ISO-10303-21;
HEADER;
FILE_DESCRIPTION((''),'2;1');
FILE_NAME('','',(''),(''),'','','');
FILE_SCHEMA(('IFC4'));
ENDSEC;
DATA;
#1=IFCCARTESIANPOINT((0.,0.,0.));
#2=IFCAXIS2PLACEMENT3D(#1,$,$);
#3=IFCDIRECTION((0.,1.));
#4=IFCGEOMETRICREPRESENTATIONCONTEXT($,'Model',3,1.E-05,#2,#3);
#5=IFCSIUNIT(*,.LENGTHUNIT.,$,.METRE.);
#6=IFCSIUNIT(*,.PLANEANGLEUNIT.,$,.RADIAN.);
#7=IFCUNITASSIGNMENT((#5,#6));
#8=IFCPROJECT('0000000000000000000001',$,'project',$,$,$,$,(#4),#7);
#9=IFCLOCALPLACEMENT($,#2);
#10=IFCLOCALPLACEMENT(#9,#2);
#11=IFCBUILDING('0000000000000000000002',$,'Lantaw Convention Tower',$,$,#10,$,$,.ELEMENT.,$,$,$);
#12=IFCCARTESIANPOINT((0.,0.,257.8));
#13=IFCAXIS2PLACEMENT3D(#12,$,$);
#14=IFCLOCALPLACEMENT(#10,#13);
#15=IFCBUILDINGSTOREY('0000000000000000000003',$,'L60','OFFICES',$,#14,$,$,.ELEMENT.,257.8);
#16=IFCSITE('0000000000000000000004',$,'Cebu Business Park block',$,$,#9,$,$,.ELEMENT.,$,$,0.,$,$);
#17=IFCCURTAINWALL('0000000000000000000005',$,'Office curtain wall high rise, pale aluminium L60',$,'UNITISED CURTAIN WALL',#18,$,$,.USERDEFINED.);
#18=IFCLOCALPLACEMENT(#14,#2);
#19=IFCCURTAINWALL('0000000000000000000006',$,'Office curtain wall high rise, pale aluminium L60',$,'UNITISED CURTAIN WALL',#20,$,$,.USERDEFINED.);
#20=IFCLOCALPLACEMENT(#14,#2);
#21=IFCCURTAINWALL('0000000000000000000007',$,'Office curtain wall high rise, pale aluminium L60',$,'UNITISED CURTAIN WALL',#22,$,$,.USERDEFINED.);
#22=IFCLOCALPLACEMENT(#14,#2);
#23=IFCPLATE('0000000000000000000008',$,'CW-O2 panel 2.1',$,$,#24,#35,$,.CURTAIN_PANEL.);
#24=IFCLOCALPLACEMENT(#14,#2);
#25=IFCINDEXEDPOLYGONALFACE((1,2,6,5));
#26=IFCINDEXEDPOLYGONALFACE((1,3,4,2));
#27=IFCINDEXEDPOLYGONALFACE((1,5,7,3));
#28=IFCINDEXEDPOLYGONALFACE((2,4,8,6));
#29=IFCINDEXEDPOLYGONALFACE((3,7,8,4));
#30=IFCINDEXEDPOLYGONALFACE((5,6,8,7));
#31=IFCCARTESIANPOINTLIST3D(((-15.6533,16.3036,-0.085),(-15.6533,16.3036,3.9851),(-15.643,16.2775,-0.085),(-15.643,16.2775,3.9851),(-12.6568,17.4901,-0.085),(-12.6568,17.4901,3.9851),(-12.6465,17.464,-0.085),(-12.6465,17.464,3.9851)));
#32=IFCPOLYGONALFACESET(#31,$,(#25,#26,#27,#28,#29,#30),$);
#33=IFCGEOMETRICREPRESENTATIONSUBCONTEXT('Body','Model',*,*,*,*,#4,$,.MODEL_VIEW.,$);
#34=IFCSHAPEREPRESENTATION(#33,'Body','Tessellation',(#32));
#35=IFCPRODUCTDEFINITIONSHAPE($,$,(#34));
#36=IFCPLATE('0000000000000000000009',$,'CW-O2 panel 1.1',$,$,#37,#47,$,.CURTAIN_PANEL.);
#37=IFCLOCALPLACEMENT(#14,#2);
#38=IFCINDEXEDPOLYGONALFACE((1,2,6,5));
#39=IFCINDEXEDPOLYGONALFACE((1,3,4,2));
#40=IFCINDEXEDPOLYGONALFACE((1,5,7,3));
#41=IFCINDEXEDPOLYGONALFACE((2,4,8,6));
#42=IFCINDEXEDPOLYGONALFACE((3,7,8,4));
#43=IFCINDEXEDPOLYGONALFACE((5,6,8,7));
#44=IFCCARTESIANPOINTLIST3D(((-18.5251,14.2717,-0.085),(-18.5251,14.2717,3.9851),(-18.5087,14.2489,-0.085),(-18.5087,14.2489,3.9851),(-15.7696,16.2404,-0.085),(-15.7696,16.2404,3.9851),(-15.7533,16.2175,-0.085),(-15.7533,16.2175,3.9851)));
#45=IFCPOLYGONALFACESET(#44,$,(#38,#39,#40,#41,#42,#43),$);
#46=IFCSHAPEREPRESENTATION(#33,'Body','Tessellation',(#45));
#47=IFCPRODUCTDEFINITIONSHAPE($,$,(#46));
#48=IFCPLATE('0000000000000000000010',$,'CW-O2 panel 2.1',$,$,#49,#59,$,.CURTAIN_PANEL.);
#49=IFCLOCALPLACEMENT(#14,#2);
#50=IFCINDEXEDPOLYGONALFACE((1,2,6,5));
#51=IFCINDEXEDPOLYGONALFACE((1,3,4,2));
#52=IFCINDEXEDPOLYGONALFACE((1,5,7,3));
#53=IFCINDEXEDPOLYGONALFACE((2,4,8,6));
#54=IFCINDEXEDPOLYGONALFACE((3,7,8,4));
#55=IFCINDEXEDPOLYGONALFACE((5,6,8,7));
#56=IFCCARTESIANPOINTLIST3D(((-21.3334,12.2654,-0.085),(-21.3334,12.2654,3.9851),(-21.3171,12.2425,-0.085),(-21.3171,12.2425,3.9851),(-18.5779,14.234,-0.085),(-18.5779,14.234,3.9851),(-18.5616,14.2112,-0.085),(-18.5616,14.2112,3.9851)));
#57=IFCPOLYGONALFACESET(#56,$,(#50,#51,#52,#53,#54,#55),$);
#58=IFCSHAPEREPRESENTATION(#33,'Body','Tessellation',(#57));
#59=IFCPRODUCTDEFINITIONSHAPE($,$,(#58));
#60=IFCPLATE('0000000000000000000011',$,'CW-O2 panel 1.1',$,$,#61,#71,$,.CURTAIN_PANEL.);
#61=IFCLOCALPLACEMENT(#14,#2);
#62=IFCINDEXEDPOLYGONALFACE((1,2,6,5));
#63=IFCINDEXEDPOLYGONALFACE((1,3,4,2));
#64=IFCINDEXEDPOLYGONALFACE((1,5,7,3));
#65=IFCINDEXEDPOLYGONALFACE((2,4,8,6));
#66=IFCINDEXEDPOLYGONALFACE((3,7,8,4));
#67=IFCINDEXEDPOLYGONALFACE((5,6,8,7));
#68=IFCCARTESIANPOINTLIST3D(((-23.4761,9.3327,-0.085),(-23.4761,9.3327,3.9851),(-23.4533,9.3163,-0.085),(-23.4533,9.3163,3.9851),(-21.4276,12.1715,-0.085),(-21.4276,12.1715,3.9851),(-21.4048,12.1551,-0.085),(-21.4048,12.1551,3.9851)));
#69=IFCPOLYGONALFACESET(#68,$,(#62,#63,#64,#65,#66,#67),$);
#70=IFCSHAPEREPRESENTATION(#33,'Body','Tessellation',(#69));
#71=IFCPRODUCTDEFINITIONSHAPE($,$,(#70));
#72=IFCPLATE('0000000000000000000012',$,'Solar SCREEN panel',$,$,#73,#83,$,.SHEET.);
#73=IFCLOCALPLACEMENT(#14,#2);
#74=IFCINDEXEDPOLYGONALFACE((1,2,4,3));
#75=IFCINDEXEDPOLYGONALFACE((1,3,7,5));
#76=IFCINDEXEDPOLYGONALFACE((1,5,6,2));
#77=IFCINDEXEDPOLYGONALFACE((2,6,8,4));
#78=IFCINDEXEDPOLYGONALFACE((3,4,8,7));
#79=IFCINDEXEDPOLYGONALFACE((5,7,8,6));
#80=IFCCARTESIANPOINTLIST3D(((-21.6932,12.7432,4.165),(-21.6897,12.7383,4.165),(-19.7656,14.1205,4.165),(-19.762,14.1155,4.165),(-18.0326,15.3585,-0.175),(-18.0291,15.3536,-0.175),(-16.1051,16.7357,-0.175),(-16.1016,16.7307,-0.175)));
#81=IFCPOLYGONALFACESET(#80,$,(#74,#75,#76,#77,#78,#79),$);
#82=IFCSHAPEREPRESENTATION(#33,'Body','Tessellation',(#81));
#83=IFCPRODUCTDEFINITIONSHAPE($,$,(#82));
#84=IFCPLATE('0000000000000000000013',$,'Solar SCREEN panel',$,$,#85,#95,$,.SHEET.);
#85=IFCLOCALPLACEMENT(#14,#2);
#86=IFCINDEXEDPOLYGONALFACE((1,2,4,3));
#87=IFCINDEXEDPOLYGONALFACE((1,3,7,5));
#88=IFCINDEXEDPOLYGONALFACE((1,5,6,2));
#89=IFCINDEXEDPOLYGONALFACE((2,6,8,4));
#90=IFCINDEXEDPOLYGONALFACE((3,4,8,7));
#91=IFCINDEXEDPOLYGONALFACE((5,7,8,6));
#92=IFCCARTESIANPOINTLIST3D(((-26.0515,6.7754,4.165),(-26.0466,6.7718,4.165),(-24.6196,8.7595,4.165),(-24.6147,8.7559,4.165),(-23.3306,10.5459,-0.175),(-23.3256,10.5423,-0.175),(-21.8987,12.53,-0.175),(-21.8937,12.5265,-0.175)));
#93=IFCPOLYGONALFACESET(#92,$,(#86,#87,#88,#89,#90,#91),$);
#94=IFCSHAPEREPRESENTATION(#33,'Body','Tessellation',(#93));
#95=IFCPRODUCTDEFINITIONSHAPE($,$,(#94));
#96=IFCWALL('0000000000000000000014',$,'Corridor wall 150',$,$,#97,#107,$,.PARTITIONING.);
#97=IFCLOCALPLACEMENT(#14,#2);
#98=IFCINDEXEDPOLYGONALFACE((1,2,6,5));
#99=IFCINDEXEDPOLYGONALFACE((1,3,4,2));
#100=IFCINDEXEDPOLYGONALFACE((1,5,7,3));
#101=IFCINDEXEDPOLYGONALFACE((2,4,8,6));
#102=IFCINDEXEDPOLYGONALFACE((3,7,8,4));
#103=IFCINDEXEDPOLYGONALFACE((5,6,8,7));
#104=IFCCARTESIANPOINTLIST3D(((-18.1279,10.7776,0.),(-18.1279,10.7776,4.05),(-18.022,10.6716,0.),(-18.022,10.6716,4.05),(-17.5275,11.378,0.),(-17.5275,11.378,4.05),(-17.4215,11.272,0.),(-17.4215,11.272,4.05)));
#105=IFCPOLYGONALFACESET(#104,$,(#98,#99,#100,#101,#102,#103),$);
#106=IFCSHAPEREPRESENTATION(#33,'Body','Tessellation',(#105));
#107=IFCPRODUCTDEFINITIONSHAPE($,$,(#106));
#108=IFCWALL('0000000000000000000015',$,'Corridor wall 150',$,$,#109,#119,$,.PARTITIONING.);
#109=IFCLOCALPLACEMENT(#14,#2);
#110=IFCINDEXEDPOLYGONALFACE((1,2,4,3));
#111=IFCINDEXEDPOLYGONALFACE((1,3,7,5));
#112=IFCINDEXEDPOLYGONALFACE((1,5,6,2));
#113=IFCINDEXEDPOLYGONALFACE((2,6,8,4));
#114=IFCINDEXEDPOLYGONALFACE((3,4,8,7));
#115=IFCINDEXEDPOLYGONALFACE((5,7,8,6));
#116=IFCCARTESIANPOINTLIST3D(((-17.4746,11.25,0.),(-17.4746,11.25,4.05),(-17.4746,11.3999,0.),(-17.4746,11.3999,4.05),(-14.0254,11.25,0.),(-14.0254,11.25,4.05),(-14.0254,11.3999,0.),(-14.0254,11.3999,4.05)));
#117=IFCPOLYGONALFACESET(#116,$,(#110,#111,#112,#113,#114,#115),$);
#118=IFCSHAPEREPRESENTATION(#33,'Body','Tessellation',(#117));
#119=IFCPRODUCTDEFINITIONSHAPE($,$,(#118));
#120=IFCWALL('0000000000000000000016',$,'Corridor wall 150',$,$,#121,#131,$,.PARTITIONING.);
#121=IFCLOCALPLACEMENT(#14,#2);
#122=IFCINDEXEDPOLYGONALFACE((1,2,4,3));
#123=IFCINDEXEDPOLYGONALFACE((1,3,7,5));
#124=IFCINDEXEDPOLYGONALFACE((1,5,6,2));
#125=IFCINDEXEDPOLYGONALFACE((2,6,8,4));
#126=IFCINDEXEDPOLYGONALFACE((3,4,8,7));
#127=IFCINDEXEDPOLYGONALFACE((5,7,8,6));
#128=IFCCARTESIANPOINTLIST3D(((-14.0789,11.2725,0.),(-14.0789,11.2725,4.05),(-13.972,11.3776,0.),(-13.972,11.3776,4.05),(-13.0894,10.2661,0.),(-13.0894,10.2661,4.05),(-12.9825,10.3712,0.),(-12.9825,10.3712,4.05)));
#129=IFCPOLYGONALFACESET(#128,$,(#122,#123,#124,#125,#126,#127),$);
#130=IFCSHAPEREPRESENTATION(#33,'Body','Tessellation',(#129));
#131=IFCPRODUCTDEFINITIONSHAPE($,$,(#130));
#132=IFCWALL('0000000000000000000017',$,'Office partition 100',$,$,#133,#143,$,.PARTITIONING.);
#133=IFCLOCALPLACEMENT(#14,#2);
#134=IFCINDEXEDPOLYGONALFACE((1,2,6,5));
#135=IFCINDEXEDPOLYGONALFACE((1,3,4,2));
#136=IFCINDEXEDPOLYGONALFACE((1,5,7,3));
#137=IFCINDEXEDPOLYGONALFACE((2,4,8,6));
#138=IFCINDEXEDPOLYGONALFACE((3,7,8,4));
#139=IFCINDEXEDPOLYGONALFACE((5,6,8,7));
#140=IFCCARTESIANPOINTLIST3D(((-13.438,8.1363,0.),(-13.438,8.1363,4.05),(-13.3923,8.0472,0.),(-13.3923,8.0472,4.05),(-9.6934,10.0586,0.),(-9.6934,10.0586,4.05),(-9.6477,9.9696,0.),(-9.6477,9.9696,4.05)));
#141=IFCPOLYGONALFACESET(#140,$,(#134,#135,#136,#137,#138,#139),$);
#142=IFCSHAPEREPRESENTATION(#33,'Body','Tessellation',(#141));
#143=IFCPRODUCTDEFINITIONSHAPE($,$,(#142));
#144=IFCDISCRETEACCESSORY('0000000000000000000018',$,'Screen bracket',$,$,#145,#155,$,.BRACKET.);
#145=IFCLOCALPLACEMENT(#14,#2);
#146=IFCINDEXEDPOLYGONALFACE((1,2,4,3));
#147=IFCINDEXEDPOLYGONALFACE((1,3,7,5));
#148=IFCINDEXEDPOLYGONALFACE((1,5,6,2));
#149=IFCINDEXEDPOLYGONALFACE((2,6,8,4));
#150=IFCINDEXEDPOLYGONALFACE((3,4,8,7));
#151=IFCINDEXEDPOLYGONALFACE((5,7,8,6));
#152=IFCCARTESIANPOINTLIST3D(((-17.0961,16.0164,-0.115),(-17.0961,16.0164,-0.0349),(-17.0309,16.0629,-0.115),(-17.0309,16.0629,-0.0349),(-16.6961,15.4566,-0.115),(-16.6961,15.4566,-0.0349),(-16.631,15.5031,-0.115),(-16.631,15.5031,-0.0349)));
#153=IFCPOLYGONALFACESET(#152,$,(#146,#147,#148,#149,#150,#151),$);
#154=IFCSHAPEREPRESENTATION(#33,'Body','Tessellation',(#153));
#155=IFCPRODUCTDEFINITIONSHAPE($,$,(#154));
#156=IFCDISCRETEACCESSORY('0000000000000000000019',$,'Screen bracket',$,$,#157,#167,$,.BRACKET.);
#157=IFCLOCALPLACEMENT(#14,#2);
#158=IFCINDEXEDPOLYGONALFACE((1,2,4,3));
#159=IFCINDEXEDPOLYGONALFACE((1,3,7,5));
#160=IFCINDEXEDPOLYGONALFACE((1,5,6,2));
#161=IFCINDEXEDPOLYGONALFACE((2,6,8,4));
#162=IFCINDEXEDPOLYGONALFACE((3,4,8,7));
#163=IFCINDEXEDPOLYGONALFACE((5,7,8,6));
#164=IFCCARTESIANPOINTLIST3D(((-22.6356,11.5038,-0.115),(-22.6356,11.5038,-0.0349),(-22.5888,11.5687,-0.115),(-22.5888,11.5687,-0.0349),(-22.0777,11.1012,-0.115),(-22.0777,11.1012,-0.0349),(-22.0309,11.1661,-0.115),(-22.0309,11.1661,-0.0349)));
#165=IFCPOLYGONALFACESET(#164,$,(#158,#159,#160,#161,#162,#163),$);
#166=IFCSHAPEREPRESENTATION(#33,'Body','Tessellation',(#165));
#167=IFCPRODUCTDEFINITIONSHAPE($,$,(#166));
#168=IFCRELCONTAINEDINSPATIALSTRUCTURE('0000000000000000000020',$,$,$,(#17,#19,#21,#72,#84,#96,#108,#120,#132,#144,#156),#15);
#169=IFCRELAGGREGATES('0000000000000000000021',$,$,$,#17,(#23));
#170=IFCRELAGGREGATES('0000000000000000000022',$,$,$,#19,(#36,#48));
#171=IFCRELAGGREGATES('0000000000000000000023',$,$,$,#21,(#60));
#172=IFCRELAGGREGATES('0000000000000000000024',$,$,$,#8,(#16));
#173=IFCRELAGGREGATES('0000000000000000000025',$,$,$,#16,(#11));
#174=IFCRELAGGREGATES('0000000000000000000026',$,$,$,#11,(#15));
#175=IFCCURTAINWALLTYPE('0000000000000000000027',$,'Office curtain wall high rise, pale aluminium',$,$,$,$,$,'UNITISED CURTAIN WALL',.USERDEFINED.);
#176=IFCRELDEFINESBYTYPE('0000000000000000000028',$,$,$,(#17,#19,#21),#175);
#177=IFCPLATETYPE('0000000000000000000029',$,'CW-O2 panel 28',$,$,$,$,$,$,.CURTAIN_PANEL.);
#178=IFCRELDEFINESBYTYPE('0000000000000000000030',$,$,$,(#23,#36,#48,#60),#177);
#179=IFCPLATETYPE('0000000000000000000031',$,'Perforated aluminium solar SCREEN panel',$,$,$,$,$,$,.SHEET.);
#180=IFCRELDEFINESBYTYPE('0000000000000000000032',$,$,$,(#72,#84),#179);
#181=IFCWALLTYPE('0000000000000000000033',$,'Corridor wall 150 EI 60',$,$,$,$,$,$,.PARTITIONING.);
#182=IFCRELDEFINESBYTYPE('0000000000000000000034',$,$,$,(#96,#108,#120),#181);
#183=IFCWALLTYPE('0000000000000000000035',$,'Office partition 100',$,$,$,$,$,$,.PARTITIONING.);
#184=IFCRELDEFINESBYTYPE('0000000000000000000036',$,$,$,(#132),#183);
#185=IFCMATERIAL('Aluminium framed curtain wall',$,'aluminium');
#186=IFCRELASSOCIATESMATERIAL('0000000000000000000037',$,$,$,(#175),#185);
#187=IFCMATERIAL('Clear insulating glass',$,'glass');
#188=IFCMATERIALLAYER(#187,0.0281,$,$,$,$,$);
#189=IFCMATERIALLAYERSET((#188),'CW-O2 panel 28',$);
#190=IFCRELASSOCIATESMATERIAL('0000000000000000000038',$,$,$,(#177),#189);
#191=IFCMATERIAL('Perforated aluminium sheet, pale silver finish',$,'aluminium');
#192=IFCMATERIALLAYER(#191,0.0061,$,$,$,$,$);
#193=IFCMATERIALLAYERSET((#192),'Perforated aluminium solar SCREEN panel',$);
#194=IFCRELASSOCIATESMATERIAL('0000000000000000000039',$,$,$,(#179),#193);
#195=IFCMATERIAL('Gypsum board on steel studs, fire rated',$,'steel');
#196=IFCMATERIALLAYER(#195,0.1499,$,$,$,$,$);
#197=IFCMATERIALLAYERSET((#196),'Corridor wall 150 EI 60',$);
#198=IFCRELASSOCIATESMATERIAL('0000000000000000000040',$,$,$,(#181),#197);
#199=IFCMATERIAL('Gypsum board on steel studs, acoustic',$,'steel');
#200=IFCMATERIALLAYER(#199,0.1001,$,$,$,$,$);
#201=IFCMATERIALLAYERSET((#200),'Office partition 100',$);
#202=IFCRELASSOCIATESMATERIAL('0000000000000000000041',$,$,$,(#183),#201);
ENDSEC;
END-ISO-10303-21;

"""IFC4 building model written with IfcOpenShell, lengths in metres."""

from ifc_helpers import new_model, si_unit, direction, frame, frame_2d, origin, origin_2d, place, context, subcontext, project, spatial, polyline, rectangle, outline, extrude, material, layer, layer_set, type_object, element, aggregate, save


model = new_model("IFC4")

# Units and contexts
model_context = context("Model", 3, precision=1e-05, world=origin(), true_north=direction((0.0, 1.0)))
body_context = subcontext(model_context, "Body", "Model", "MODEL_VIEW")
ifc_project = project(units=[si_unit("LENGTHUNIT", "METRE"), si_unit("PLANEANGLEUNIT", "RADIAN")], contexts=[model_context])

# Site, building, storey
site_placement = place(None, origin())
site = spatial("IfcSite", under=ifc_project, at=site_placement, Name="Cebu Business Park block", CompositionType="ELEMENT", RefElevation=0.0)
building_placement = place(site_placement, origin())
building = spatial("IfcBuilding", under=site, at=building_placement, Name="Lantaw Convention Tower", CompositionType="ELEMENT")
storey_placement = place(building_placement, frame((0.0, 0.0, 257.8)))
storey = spatial("IfcBuildingStorey", under=building, at=storey_placement, Name="L60", Description="OFFICES", CompositionType="ELEMENT", Elevation=257.8)

# Curtain walls
ifc_material_1 = material(Name="Aluminium framed curtain wall", Category="aluminium")
curtain_wall_type = type_object("IfcCurtainWallType", Name="Office curtain wall high rise, pale aluminium", ElementType="UNITISED CURTAIN WALL", PredefinedType="USERDEFINED", material=ifc_material_1)
curtain_wall_1_placement = place(storey_placement, origin())
curtain_wall_1 = element("IfcCurtainWall", 1, at=curtain_wall_1_placement, inside=storey, type_object=curtain_wall_type, Name="Office curtain wall high rise, pale aluminium L60", ObjectType="UNITISED CURTAIN WALL", PredefinedType="USERDEFINED")
curtain_wall_2_placement = place(storey_placement, origin())
curtain_wall_2 = element("IfcCurtainWall", 2, at=curtain_wall_2_placement, inside=storey, type_object=curtain_wall_type, Name="Office curtain wall high rise, pale aluminium L60", ObjectType="UNITISED CURTAIN WALL", PredefinedType="USERDEFINED")
curtain_wall_3_placement = place(storey_placement, origin())
curtain_wall_3 = element("IfcCurtainWall", 3, at=curtain_wall_3_placement, inside=storey, type_object=curtain_wall_type, Name="Office curtain wall high rise, pale aluminium L60", ObjectType="UNITISED CURTAIN WALL", PredefinedType="USERDEFINED")

# Plates
ifc_material_2 = material(Name="Clear insulating glass", Category="glass")
ifc_layer_1 = layer(ifc_material_2, 0.0281)
ifc_layer_set_1 = layer_set([ifc_layer_1], Name="CW-O2 panel 28")
plate_type_1 = type_object("IfcPlateType", Name="CW-O2 panel 28", PredefinedType="CURTAIN_PANEL", material=ifc_layer_set_1)
plate_1_placement = place(storey_placement, frame((-14.1499, 16.8838, -0.085), z_axis=(0.0, 0.0, 1.0), x_axis=(-0.929762, -0.368162, 0.0)))
plate_1 = element("IfcPlate", 4, at=plate_1_placement, type_object=plate_type_1, Name="CW-O2 panel 2.1", PredefinedType="CURTAIN_PANEL", context=body_context, shape_type="SweptSolid", body=[
    extrude(rectangle(XDim=3.2229, YDim=0.0281, at=origin_2d()), origin(), (0.0, 0.0, 1.0), 4.0701),
])
aggregate(curtain_wall_1, [plate_1])
plate_2_placement = place(storey_placement, frame((-17.1392, 15.2446, -0.085), z_axis=(0.0, 0.0, 1.0), x_axis=(-0.813673, -0.581323, 0.0)))
plate_2 = element("IfcPlate", 5, at=plate_2_placement, type_object=plate_type_1, Name="CW-O2 panel 1.1", PredefinedType="CURTAIN_PANEL", context=body_context, shape_type="SweptSolid", body=[
    extrude(rectangle(XDim=3.3865, YDim=0.0281, at=origin_2d()), origin(), (0.0, 0.0, 1.0), 4.0701),
])
plate_3_placement = place(storey_placement, frame((-19.9475, 13.2383, -0.085), z_axis=(0.0, 0.0, 1.0), x_axis=(-0.813673, -0.581323, 0.0)))
plate_3 = element("IfcPlate", 6, at=plate_3_placement, type_object=plate_type_1, Name="CW-O2 panel 2.1", PredefinedType="CURTAIN_PANEL", context=body_context, shape_type="SweptSolid", body=[
    extrude(rectangle(XDim=3.3865, YDim=0.0281, at=origin_2d()), origin(), (0.0, 0.0, 1.0), 4.0701),
])
aggregate(curtain_wall_2, [plate_2, plate_3])
plate_4_placement = place(storey_placement, frame((-22.4404, 10.7439, -0.085), z_axis=(0.0, 0.0, 1.0), x_axis=(-0.585158, -0.81092, 0.0)))
plate_4 = element("IfcPlate", 7, at=plate_4_placement, type_object=plate_type_1, Name="CW-O2 panel 1.1", PredefinedType="CURTAIN_PANEL", context=body_context, shape_type="SweptSolid", body=[
    extrude(rectangle(XDim=3.5007, YDim=0.0281, at=origin_2d()), origin(), (0.0, 0.0, 1.0), 4.0701),
])
aggregate(curtain_wall_3, [plate_4])

# Plates
ifc_material_3 = material(Name="Perforated aluminium sheet, pale silver finish", Category="aluminium")
ifc_layer_2 = layer(ifc_material_3, 0.0061)
ifc_layer_set_2 = layer_set([ifc_layer_2], Name="Perforated aluminium solar SCREEN panel")
plate_type_2 = type_object("IfcPlateType", Name="Perforated aluminium solar SCREEN panel", PredefinedType="SHEET", material=ifc_layer_set_2)
plate_5_placement = place(storey_placement, frame((-16.1016, 16.7307, -0.175), z_axis=(0.581331, -0.813667, 0.00001), x_axis=(-0.813667, -0.581331, 0.0)))
element("IfcPlate", 8, at=plate_5_placement, inside=storey, type_object=plate_type_2, Name="Solar SCREEN panel", PredefinedType="SHEET", context=body_context, shape_type="SweptSolid", body=[
    extrude(outline(polyline([(0.0, 0.0), (2.3689, 0.0), (6.8678, -4.3401), (4.4987, -4.3401), (0.0, 0.0)])), origin(), (0.0, 0.0, -1.0), 0.0061),
])
plate_6_placement = place(storey_placement, frame((-21.8987, 12.53, -0.175), z_axis=(-0.810892, 0.585195, 0.00002), x_axis=(-0.585195, -0.810892, 0.0)))
element("IfcPlate", 9, at=plate_6_placement, inside=storey, type_object=plate_type_2, Name="Solar SCREEN panel", PredefinedType="SHEET", context=body_context, shape_type="SweptSolid", body=[
    extrude(outline(polyline([(0.0, 0.0), (2.4468, 0.0), (7.0966, 4.3401), (4.6498, 4.3401), (0.0, 0.0)])), origin(), (0.0, 0.0, -1.0), 0.0061),
])

# Walls
ifc_material_4 = material(Name="Gypsum board on steel studs, fire rated", Category="steel")
ifc_layer_3 = layer(ifc_material_4, 0.1499)
ifc_layer_set_3 = layer_set([ifc_layer_3], Name="Corridor wall 150 EI 60")
wall_type_1 = type_object("IfcWallType", Name="Corridor wall 150 EI 60", PredefinedType="PARTITIONING", material=ifc_layer_set_3)
wall_1_placement = place(storey_placement, frame((-18.075, 10.7246, 0.0), z_axis=(0.0, 0.0, 1.0), x_axis=(0.707107, 0.707107, 0.0)))
element("IfcWall", 10, at=wall_1_placement, inside=storey, type_object=wall_type_1, Name="Corridor wall 150", PredefinedType="PARTITIONING", context=body_context, shape_type="SweptSolid", body=[
    extrude(rectangle(XDim=0.8491, YDim=0.1499, at=frame_2d((0.4246, 0.0))), origin(), (0.0, 0.0, 1.0), 4.05),
])
wall_2_placement = place(storey_placement, frame((-17.4746, 11.325, 0.0), z_axis=(0.0, 0.0, 1.0), x_axis=(1.0, 0.0, 0.0)))
element("IfcWall", 11, at=wall_2_placement, inside=storey, type_object=wall_type_1, Name="Corridor wall 150", PredefinedType="PARTITIONING", context=body_context, shape_type="SweptSolid", body=[
    extrude(rectangle(XDim=3.4492, YDim=0.1499, at=frame_2d((1.7246, 0.0))), origin(), (0.0, 0.0, 1.0), 4.05),
])
wall_3_placement = place(storey_placement, frame((-14.0254, 11.325, 0.0), z_axis=(0.0, 0.0, 1.0), x_axis=(0.701114, -0.71305, 0.0)))
element("IfcWall", 12, at=wall_3_placement, inside=storey, type_object=wall_type_1, Name="Corridor wall 150", PredefinedType="PARTITIONING", context=body_context, shape_type="SweptSolid", body=[
    extrude(rectangle(XDim=1.4114, YDim=0.1499, at=frame_2d((0.7056, 0.0))), origin(), (0.0, 0.0, 1.0), 4.05),
])
ifc_material_5 = material(Name="Gypsum board on steel studs, acoustic", Category="steel")
ifc_layer_4 = layer(ifc_material_5, 0.1001)
ifc_layer_set_4 = layer_set([ifc_layer_4], Name="Office partition 100")
wall_type_2 = type_object("IfcWallType", Name="Office partition 100", PredefinedType="PARTITIONING", material=ifc_layer_set_4)
wall_4_placement = place(storey_placement, frame((-13.415, 8.0918, 0.0), z_axis=(0.0, 0.0, 1.0), x_axis=(0.889621, 0.4567, 0.0)))
element("IfcWall", 13, at=wall_4_placement, inside=storey, type_object=wall_type_2, Name="Office partition 100", PredefinedType="PARTITIONING", context=body_context, shape_type="SweptSolid", body=[
    extrude(rectangle(XDim=4.2092, YDim=0.1001, at=frame_2d((2.1045, 0.0))), origin(), (0.0, 0.0, 1.0), 4.05),
])

# Discrete accessories
for number, where, z_axis, x_axis, name in (
    (14, (-16.8635, 15.7598, -0.115), (0.0, 0.0, 1.0), (-0.813673, -0.581323, 0.0), "Screen bracket"),
    (15, (-22.3333, 11.335, -0.115), (0.0, 0.0, 1.0), (-0.585158, -0.81092, 0.0), "Screen bracket"),
):
    element("IfcDiscreteAccessory", number, at=place(storey_placement, frame(where, z_axis=z_axis, x_axis=x_axis)), inside=storey, Name=name, PredefinedType="BRACKET", context=body_context, shape_type="SweptSolid", body=[
        extrude(rectangle(XDim=0.0801, YDim=0.688, at=origin_2d()), origin(), (0.0, 0.0, 1.0), 0.0801),
    ])

save(model, "model.ifc")
